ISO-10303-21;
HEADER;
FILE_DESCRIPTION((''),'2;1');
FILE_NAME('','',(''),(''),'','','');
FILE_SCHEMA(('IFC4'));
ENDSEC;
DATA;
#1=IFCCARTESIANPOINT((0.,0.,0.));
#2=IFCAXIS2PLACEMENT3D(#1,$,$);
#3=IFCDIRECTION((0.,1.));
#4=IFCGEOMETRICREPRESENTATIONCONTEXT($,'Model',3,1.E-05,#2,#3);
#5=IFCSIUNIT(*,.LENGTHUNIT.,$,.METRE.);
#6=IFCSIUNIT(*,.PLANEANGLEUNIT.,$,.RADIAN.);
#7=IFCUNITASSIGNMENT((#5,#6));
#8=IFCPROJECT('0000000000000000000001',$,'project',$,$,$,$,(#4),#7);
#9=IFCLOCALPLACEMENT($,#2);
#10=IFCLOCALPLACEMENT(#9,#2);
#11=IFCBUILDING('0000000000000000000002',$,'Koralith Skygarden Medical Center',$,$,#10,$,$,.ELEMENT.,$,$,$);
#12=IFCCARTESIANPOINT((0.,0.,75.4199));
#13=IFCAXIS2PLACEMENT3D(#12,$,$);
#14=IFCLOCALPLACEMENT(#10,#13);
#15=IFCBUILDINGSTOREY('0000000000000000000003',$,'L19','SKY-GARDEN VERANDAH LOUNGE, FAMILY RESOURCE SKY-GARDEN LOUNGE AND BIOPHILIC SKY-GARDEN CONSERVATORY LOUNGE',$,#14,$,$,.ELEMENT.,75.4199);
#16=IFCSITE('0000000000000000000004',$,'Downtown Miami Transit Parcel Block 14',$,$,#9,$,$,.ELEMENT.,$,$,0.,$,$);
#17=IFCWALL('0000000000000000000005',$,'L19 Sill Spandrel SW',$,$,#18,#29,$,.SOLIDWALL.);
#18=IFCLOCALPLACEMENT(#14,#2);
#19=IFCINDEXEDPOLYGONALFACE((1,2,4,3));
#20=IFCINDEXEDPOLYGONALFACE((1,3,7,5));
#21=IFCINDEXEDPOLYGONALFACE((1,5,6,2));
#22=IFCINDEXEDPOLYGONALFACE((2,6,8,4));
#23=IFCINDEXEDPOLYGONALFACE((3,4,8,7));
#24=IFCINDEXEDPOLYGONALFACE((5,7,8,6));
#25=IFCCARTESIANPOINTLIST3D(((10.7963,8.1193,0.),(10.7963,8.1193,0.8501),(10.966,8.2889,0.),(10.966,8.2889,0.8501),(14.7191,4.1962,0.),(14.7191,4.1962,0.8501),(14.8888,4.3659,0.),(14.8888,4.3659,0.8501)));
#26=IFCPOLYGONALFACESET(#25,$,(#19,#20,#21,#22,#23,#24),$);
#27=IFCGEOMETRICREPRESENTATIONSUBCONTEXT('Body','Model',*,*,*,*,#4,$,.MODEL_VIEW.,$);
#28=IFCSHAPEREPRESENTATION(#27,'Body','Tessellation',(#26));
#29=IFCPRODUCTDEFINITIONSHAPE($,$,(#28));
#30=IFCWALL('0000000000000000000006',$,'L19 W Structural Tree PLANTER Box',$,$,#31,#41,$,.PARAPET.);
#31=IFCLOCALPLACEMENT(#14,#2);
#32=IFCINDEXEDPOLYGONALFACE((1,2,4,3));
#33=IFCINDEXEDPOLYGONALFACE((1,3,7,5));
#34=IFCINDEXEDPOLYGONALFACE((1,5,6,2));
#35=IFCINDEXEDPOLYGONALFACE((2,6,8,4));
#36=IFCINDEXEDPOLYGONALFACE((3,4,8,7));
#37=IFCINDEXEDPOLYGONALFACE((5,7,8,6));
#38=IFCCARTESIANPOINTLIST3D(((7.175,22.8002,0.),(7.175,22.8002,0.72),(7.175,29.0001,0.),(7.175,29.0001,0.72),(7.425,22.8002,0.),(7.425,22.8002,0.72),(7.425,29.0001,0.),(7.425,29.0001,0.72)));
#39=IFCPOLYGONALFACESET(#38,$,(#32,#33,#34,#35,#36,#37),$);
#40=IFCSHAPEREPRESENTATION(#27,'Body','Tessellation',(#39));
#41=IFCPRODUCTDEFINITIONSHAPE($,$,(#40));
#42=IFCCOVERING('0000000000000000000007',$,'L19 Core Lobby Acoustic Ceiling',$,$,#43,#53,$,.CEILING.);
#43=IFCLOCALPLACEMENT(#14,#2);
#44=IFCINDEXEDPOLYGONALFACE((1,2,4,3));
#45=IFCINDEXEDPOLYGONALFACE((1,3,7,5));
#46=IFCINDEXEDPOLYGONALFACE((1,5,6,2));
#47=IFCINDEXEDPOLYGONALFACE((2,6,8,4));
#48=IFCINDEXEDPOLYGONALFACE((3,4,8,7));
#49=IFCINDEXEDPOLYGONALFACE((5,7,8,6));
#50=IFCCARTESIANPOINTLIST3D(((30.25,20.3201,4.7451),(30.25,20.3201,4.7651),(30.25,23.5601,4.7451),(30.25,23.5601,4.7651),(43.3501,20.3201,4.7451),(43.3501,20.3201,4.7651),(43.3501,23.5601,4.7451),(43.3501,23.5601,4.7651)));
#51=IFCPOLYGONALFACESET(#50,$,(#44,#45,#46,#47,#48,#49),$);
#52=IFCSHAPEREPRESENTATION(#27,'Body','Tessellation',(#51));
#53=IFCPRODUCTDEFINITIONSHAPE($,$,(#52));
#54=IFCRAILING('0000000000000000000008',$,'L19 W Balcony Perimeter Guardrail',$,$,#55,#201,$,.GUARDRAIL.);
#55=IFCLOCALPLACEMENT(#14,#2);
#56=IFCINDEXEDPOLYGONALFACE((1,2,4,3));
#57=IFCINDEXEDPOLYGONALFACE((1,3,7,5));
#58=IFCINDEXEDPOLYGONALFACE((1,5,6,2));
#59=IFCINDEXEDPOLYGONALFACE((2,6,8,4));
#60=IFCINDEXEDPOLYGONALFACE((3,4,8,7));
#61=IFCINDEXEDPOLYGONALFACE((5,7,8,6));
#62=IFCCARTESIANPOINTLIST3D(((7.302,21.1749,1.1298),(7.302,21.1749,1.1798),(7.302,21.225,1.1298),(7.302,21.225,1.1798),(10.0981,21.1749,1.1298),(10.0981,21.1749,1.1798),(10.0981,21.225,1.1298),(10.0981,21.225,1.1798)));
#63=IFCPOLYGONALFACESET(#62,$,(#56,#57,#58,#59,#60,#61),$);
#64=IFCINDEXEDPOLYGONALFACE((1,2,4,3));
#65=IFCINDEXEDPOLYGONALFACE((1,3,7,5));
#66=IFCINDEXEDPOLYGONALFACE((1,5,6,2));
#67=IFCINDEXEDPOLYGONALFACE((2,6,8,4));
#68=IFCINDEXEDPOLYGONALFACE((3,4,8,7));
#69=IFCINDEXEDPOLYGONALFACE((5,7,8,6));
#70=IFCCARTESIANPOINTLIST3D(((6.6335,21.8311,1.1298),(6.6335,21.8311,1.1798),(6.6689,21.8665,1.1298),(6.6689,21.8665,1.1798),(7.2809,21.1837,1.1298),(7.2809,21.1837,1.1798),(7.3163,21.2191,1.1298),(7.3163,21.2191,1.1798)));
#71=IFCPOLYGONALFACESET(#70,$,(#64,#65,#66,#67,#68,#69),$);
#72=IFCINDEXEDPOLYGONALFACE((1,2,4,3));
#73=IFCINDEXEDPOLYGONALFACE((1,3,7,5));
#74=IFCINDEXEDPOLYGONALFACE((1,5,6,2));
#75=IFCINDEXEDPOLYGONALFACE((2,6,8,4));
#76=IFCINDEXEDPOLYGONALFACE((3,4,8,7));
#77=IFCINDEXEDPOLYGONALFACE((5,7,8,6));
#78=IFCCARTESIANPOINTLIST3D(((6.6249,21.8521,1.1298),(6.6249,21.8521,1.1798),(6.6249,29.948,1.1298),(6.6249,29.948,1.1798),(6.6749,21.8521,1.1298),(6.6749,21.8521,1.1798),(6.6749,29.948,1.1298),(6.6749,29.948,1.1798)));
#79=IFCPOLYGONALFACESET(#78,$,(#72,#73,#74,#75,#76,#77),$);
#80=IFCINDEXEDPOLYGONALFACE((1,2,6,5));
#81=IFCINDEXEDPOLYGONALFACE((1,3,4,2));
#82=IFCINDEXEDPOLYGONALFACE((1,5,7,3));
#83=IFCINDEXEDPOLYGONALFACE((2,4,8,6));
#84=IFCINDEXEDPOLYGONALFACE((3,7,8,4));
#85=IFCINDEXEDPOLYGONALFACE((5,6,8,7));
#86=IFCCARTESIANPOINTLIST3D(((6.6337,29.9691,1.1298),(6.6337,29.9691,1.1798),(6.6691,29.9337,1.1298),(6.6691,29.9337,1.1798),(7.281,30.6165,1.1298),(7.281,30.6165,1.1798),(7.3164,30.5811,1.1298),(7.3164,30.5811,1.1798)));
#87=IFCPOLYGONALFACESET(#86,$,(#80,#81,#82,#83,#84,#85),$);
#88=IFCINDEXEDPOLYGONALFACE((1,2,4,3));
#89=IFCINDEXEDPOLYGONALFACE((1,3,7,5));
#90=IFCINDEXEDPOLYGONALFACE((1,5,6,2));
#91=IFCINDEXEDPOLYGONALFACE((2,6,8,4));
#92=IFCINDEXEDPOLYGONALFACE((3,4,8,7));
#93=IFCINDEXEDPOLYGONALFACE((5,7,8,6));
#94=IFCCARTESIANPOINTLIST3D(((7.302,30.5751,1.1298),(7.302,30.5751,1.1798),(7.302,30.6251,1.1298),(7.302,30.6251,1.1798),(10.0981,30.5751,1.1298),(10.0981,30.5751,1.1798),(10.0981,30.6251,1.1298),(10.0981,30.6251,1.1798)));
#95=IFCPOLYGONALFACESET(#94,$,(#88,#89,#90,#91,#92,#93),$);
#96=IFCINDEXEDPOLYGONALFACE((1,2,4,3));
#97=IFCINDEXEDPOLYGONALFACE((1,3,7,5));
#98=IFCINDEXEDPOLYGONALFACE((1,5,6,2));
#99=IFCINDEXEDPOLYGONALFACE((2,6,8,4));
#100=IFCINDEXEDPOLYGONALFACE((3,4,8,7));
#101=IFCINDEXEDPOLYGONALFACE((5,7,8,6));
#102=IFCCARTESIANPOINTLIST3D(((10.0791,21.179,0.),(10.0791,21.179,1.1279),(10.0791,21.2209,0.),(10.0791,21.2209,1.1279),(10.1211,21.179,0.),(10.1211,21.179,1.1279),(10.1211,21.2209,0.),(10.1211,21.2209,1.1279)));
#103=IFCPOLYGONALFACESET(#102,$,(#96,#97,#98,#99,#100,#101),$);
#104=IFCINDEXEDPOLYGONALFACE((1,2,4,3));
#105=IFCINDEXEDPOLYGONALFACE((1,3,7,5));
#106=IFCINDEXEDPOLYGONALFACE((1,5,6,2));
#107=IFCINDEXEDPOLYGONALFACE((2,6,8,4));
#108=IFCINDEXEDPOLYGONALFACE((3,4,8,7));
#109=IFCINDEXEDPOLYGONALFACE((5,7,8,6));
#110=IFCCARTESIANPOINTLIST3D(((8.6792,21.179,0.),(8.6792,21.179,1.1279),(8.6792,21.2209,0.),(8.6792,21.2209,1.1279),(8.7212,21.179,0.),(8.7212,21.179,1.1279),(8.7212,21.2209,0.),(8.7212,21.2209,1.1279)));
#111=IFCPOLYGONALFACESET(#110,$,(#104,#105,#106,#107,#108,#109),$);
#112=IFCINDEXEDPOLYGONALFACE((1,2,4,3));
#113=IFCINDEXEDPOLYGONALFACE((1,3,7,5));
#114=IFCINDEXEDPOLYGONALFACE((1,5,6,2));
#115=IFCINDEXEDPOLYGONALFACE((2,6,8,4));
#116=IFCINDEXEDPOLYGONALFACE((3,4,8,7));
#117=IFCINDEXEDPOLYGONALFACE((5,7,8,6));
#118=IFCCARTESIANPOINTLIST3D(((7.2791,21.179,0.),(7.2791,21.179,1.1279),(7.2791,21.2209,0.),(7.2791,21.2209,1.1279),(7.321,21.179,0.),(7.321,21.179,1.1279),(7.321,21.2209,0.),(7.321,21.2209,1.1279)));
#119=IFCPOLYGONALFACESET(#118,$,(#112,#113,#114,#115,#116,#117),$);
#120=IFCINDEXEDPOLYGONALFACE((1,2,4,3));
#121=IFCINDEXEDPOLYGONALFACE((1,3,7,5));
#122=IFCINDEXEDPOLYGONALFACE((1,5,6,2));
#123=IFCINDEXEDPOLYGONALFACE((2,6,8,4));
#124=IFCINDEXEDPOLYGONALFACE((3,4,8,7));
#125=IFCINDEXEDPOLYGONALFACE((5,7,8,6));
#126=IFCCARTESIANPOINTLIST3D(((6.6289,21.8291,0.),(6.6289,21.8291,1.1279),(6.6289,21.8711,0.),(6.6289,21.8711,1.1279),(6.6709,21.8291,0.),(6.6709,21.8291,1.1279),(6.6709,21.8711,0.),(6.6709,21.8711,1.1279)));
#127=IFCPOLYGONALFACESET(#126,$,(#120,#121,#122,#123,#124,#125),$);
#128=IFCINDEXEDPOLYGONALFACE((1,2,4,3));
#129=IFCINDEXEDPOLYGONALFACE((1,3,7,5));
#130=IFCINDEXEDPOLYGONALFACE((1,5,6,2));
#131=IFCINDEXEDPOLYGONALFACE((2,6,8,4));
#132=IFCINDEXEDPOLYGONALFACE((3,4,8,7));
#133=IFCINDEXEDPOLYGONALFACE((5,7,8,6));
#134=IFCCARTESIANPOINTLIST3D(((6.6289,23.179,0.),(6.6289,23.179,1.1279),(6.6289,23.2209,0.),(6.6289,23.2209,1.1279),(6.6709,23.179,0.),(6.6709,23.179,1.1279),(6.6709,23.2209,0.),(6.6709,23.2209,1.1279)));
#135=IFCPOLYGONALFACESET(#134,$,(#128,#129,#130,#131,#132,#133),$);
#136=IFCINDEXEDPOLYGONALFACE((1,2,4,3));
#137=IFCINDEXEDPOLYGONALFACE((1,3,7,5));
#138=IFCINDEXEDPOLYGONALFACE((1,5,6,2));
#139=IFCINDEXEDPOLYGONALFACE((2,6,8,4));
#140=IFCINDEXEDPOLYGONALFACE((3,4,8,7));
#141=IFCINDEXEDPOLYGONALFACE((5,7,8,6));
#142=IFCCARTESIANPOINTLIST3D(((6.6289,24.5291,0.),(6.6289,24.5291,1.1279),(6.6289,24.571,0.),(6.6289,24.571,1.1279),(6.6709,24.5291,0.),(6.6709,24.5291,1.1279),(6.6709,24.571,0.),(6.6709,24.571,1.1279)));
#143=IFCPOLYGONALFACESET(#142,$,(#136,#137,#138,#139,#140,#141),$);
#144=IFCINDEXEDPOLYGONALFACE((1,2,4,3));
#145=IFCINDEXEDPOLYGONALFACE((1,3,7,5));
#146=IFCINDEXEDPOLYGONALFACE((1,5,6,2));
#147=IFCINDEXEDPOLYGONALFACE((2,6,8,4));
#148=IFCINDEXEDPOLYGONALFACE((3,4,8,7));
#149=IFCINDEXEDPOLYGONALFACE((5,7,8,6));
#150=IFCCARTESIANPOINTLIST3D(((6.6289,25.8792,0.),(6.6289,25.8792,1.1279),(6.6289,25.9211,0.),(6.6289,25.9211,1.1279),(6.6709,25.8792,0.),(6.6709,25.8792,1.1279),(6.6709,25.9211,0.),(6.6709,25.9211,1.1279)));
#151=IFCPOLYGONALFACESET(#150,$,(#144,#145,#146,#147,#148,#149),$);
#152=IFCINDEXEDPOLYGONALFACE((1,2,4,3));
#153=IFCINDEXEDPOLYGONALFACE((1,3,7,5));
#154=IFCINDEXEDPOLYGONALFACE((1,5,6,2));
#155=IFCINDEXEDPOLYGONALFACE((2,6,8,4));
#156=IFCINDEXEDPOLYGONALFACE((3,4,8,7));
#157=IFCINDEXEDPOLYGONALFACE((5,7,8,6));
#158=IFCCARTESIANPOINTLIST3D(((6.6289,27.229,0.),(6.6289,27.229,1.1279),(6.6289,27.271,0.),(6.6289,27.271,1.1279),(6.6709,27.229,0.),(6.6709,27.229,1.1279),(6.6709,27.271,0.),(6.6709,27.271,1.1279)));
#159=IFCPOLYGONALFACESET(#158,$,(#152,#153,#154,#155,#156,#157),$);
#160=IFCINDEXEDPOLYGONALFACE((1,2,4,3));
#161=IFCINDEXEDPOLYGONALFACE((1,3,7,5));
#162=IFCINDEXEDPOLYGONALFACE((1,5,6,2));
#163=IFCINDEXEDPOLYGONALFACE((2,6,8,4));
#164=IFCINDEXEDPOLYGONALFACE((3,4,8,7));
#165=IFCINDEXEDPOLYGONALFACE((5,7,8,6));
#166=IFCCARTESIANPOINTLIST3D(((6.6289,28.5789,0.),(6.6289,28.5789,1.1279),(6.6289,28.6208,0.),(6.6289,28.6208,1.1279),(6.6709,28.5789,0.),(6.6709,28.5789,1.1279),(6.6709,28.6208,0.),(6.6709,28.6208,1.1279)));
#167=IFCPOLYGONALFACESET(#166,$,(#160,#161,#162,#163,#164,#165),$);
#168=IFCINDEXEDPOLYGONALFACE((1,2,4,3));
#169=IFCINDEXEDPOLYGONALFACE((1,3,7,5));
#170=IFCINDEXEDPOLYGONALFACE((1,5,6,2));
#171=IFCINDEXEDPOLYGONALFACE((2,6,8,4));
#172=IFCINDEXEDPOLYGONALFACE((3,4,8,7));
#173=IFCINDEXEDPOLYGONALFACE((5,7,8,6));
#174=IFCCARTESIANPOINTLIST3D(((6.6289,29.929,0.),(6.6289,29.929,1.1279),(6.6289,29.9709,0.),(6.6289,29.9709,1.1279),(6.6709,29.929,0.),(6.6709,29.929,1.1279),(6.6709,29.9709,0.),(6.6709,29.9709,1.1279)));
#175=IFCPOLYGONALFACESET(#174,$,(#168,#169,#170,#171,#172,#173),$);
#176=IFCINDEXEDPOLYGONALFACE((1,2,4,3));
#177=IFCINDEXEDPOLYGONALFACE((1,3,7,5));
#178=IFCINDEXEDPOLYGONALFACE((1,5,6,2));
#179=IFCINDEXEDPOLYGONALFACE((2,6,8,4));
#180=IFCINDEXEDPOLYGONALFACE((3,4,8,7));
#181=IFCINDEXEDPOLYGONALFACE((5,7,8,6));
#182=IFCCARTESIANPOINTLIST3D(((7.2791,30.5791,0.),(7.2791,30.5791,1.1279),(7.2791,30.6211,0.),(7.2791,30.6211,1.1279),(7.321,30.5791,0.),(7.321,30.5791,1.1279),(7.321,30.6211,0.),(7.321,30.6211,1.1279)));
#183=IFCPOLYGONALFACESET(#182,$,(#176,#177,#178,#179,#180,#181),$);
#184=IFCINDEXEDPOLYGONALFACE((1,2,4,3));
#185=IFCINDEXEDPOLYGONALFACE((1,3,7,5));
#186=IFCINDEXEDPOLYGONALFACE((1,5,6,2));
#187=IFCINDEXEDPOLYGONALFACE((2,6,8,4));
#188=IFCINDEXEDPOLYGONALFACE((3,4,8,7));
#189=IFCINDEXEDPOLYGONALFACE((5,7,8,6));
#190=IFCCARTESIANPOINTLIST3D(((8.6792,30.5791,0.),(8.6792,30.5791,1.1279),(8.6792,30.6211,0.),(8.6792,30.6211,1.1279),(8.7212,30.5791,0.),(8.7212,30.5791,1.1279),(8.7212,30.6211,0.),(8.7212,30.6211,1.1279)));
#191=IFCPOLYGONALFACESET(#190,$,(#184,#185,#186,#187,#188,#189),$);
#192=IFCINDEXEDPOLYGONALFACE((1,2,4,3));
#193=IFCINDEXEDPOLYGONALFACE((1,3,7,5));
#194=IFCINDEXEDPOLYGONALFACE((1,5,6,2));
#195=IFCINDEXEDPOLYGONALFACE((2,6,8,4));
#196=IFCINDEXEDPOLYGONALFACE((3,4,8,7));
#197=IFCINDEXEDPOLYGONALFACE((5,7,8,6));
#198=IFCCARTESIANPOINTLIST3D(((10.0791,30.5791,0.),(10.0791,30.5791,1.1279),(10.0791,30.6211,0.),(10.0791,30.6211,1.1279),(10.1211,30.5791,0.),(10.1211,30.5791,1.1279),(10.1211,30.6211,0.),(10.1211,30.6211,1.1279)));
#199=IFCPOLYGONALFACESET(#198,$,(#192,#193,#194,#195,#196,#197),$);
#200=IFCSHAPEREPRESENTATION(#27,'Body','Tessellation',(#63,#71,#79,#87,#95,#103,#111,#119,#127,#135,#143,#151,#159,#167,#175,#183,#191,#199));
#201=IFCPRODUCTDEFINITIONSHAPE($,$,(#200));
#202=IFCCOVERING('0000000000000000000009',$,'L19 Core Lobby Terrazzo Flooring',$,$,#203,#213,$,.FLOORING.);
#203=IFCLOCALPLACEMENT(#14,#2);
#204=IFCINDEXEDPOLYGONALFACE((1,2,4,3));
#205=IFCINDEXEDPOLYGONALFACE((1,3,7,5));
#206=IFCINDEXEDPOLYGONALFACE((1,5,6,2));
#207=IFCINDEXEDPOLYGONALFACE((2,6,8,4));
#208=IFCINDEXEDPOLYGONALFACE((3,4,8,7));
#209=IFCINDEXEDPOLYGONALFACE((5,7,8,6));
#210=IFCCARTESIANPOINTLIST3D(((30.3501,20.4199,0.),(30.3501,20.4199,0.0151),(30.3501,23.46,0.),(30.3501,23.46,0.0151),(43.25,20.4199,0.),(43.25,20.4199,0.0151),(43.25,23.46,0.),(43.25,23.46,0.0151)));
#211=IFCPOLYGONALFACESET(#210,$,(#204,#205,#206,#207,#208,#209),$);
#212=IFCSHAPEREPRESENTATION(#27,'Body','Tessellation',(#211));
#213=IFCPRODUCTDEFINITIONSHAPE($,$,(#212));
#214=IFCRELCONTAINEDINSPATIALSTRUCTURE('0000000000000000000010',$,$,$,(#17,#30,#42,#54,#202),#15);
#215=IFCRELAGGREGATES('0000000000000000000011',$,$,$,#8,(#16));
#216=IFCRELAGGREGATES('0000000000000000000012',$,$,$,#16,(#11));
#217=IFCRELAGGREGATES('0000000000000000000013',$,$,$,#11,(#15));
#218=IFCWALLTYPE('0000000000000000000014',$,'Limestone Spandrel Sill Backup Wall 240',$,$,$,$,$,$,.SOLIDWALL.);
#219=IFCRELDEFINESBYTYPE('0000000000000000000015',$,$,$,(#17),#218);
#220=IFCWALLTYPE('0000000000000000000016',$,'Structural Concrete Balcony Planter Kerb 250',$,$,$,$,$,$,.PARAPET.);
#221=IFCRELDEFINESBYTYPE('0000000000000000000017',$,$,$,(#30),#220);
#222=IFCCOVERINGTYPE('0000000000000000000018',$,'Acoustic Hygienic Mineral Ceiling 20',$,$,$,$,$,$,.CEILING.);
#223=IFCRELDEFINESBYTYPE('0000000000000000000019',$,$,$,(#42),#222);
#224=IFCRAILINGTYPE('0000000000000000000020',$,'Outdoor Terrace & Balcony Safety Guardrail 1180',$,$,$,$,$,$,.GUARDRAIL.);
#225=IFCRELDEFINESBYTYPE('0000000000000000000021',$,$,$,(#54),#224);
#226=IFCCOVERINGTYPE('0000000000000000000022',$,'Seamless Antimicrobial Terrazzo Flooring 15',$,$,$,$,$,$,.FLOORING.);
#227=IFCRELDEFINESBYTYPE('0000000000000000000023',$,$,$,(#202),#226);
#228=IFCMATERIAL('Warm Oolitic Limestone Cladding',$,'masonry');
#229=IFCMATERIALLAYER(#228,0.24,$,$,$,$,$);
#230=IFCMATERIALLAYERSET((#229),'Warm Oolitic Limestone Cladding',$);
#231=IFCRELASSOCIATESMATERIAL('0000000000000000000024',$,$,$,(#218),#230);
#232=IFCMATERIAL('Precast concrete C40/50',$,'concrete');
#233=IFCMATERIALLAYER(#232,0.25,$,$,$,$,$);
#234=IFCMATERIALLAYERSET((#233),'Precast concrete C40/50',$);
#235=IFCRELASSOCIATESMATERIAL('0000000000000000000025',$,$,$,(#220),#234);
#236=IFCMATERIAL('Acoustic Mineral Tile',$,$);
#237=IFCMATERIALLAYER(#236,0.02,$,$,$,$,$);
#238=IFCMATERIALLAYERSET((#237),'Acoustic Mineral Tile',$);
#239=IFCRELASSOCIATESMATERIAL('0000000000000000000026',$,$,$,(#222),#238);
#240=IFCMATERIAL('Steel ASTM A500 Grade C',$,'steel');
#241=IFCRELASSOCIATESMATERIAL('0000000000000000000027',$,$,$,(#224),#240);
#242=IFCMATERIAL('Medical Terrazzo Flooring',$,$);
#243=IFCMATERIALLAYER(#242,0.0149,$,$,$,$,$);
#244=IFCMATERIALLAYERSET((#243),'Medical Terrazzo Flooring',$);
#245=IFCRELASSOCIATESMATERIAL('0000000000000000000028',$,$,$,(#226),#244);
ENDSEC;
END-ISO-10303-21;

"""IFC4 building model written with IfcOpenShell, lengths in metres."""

from ifc_helpers import new_model, si_unit, direction, frame, frame_2d, origin, origin_2d, place, context, subcontext, project, spatial, polyline, rectangle, outline, extrude, material, layer, layer_set, type_object, element, save


model = new_model("IFC4")

# Units and contexts
model_context = context("Model", 3, precision=1e-05, world=origin(), true_north=direction((0.0, 1.0)))
body_context = subcontext(model_context, "Body", "Model", "MODEL_VIEW")
ifc_project = project(units=[si_unit("LENGTHUNIT", "METRE"), si_unit("PLANEANGLEUNIT", "RADIAN")], contexts=[model_context])

# Site, building, storey
site_placement = place(None, origin())
site = spatial("IfcSite", under=ifc_project, at=site_placement, Name="Downtown Miami Transit Parcel Block 14", CompositionType="ELEMENT", RefElevation=0.0)
building_placement = place(site_placement, origin())
building = spatial("IfcBuilding", under=site, at=building_placement, Name="Koralith Skygarden Medical Center", CompositionType="ELEMENT")
storey_placement = place(building_placement, frame((0.0, 0.0, 75.4199)))
storey = spatial("IfcBuildingStorey", under=building, at=storey_placement, Name="L19", Description="SKY-GARDEN VERANDAH LOUNGE, FAMILY RESOURCE SKY-GARDEN LOUNGE AND BIOPHILIC SKY-GARDEN CONSERVATORY LOUNGE", CompositionType="ELEMENT", Elevation=75.4199)

# Shared definitions
ifc_material_1 = material(Name="Warm Oolitic Limestone Cladding", Category="masonry")

# Walls
ifc_layer_1 = layer(ifc_material_1, 0.24)
ifc_layer_set_1 = layer_set([ifc_layer_1], Name="Warm Oolitic Limestone Cladding")
wall_type_1 = type_object("IfcWallType", Name="Limestone Spandrel Sill Backup Wall 240", PredefinedType="SOLIDWALL", material=ifc_layer_set_1)
wall_1_placement = place(storey_placement, frame((10.8811, 8.2041, 0.0), z_axis=(0.0, 0.0, 1.0), x_axis=(0.707085, -0.707129, 0.0)))
element("IfcWall", 1, at=wall_1_placement, inside=storey, type_object=wall_type_1, Name="L19 Sill Spandrel SW", PredefinedType="SOLIDWALL", context=body_context, shape_type="SweptSolid", body=[
    extrude(rectangle(XDim=5.5479, YDim=0.24, at=frame_2d((2.7739, 0.0))), origin(), (0.0, 0.0, 1.0), 0.8501),
])
ifc_material_2 = material(Name="Precast concrete C40/50", Category="concrete")
ifc_layer_2 = layer(ifc_material_2, 0.25)
ifc_layer_set_2 = layer_set([ifc_layer_2], Name="Precast concrete C40/50")
wall_type_2 = type_object("IfcWallType", Name="Structural Concrete Balcony Planter Kerb 250", PredefinedType="PARAPET", material=ifc_layer_set_2)
wall_2_placement = place(storey_placement, frame((7.3, 22.8, 0.0), z_axis=(0.0, 0.0, 1.0), x_axis=(0.0, 1.0, 0.0)))
element("IfcWall", 2, at=wall_2_placement, inside=storey, type_object=wall_type_2, Name="L19 W Structural Tree PLANTER Box", PredefinedType="PARAPET", context=body_context, shape_type="SweptSolid", body=[
    extrude(rectangle(XDim=6.2, YDim=0.25, at=frame_2d((3.1001, 0.0))), origin(), (0.0, 0.0, 1.0), 0.72),
])

# Covering
ifc_material_3 = material(Name="Acoustic Mineral Tile")
ifc_layer_3 = layer(ifc_material_3, 0.02)
ifc_layer_set_3 = layer_set([ifc_layer_3], Name="Acoustic Mineral Tile")
covering_type_1 = type_object("IfcCoveringType", Name="Acoustic Hygienic Mineral Ceiling 20", PredefinedType="CEILING", material=ifc_layer_set_3)
covering_1_placement = place(storey_placement, frame((0.0, 0.0, 4.7451)))
element("IfcCovering", 3, at=covering_1_placement, inside=storey, type_object=covering_type_1, Name="L19 Core Lobby Acoustic Ceiling", PredefinedType="CEILING", context=body_context, shape_type="SweptSolid", body=[
    extrude(outline(polyline([(30.25, 20.3201), (43.3501, 20.3201), (43.3501, 23.5601), (30.25, 23.5601), (30.25, 20.3201)])), origin(), (0.0, 0.0, 1.0), 0.02),
])

# Railing
ifc_material_4 = material(Name="Steel ASTM A500 Grade C", Category="steel")
railing_type = type_object("IfcRailingType", Name="Outdoor Terrace & Balcony Safety Guardrail 1180", PredefinedType="GUARDRAIL", material=ifc_material_4)
railing_placement = place(storey_placement, frame((10.1001, 21.2, 0.0)))
element("IfcRailing", 4, at=railing_placement, inside=storey, type_object=railing_type, Name="L19 W Balcony Perimeter Guardrail", PredefinedType="GUARDRAIL", context=body_context, shape_type="SweptSolid", body=[
    extrude(rectangle(XDim=0.05, YDim=0.05, at=origin_2d()), frame((-0.002, 0.0, 1.1548), z_axis=(-1.0, 0.0, 0.0), x_axis=(0.0, -1.0, 0.0)), (0.0, 0.0, 1.0), 2.7961),
    extrude(rectangle(XDim=0.05, YDim=0.05, at=origin_2d()), frame((-2.8015, 0.0015, 1.1548), z_axis=(-0.707107, 0.707107, 0.0), x_axis=(-0.707107, -0.707107, 0.0)), (0.0, 0.0, 1.0), 0.9155),
    extrude(rectangle(XDim=0.05, YDim=0.05, at=origin_2d()), frame((-3.4502, 0.6521, 1.1548), z_axis=(0.0, 1.0, 0.0), x_axis=(-1.0, 0.0, 0.0)), (0.0, 0.0, 1.0), 8.0959),
    extrude(rectangle(XDim=0.05, YDim=0.05, at=origin_2d()), frame((-3.4487, 8.7515, 1.1548), z_axis=(0.707107, 0.707107, 0.0), x_axis=(-0.707107, 0.707107, 0.0)), (0.0, 0.0, 1.0), 0.9155),
    extrude(rectangle(XDim=0.05, YDim=0.05, at=origin_2d()), frame((-2.7981, 9.4001, 1.1548), z_axis=(1.0, 0.0, 0.0), x_axis=(0.0, 1.0, 0.0)), (0.0, 0.0, 1.0), 2.7961),
    extrude(rectangle(XDim=0.042, YDim=0.042, at=origin_2d()), origin(), (0.0, 0.0, 1.0), 1.1279),
    extrude(rectangle(XDim=0.042, YDim=0.042, at=origin_2d()), frame((-1.3999, 0.0, 0.0)), (0.0, 0.0, 1.0), 1.1279),
    extrude(rectangle(XDim=0.042, YDim=0.042, at=origin_2d()), frame((-2.8, 0.0, 0.0)), (0.0, 0.0, 1.0), 1.1279),
    extrude(rectangle(XDim=0.042, YDim=0.042, at=origin_2d()), frame((-3.4502, 0.6501, 0.0)), (0.0, 0.0, 1.0), 1.1279),
    extrude(rectangle(XDim=0.042, YDim=0.042, at=origin_2d()), frame((-3.4502, 2.0, 0.0)), (0.0, 0.0, 1.0), 1.1279),
    extrude(rectangle(XDim=0.042, YDim=0.042, at=origin_2d()), frame((-3.4502, 3.3501, 0.0)), (0.0, 0.0, 1.0), 1.1279),
    extrude(rectangle(XDim=0.042, YDim=0.042, at=origin_2d()), frame((-3.4502, 4.7002, 0.0)), (0.0, 0.0, 1.0), 1.1279),
    extrude(rectangle(XDim=0.042, YDim=0.042, at=origin_2d()), frame((-3.4502, 6.05, 0.0)), (0.0, 0.0, 1.0), 1.1279),
    extrude(rectangle(XDim=0.042, YDim=0.042, at=origin_2d()), frame((-3.4502, 7.3999, 0.0)), (0.0, 0.0, 1.0), 1.1279),
    extrude(rectangle(XDim=0.042, YDim=0.042, at=origin_2d()), frame((-3.4502, 8.75, 0.0)), (0.0, 0.0, 1.0), 1.1279),
    extrude(rectangle(XDim=0.042, YDim=0.042, at=origin_2d()), frame((-2.8, 9.4001, 0.0)), (0.0, 0.0, 1.0), 1.1279),
    extrude(rectangle(XDim=0.042, YDim=0.042, at=origin_2d()), frame((-1.3999, 9.4001, 0.0)), (0.0, 0.0, 1.0), 1.1279),
    extrude(rectangle(XDim=0.042, YDim=0.042, at=origin_2d()), frame((0.0, 9.4001, 0.0)), (0.0, 0.0, 1.0), 1.1279),
])

# Covering
ifc_material_5 = material(Name="Medical Terrazzo Flooring")
ifc_layer_4 = layer(ifc_material_5, 0.0149)
ifc_layer_set_4 = layer_set([ifc_layer_4], Name="Medical Terrazzo Flooring")
covering_type_2 = type_object("IfcCoveringType", Name="Seamless Antimicrobial Terrazzo Flooring 15", PredefinedType="FLOORING", material=ifc_layer_set_4)
covering_2_placement = place(storey_placement, origin())
element("IfcCovering", 5, at=covering_2_placement, inside=storey, type_object=covering_type_2, Name="L19 Core Lobby Terrazzo Flooring", PredefinedType="FLOORING", context=body_context, shape_type="SweptSolid", body=[
    extrude(outline(polyline([(30.3501, 20.4199), (43.25, 20.4199), (43.25, 23.46), (30.3501, 23.46), (30.3501, 20.4199)])), origin(), (0.0, 0.0, 1.0), 0.0151),
])

save(model, "model.ifc")
